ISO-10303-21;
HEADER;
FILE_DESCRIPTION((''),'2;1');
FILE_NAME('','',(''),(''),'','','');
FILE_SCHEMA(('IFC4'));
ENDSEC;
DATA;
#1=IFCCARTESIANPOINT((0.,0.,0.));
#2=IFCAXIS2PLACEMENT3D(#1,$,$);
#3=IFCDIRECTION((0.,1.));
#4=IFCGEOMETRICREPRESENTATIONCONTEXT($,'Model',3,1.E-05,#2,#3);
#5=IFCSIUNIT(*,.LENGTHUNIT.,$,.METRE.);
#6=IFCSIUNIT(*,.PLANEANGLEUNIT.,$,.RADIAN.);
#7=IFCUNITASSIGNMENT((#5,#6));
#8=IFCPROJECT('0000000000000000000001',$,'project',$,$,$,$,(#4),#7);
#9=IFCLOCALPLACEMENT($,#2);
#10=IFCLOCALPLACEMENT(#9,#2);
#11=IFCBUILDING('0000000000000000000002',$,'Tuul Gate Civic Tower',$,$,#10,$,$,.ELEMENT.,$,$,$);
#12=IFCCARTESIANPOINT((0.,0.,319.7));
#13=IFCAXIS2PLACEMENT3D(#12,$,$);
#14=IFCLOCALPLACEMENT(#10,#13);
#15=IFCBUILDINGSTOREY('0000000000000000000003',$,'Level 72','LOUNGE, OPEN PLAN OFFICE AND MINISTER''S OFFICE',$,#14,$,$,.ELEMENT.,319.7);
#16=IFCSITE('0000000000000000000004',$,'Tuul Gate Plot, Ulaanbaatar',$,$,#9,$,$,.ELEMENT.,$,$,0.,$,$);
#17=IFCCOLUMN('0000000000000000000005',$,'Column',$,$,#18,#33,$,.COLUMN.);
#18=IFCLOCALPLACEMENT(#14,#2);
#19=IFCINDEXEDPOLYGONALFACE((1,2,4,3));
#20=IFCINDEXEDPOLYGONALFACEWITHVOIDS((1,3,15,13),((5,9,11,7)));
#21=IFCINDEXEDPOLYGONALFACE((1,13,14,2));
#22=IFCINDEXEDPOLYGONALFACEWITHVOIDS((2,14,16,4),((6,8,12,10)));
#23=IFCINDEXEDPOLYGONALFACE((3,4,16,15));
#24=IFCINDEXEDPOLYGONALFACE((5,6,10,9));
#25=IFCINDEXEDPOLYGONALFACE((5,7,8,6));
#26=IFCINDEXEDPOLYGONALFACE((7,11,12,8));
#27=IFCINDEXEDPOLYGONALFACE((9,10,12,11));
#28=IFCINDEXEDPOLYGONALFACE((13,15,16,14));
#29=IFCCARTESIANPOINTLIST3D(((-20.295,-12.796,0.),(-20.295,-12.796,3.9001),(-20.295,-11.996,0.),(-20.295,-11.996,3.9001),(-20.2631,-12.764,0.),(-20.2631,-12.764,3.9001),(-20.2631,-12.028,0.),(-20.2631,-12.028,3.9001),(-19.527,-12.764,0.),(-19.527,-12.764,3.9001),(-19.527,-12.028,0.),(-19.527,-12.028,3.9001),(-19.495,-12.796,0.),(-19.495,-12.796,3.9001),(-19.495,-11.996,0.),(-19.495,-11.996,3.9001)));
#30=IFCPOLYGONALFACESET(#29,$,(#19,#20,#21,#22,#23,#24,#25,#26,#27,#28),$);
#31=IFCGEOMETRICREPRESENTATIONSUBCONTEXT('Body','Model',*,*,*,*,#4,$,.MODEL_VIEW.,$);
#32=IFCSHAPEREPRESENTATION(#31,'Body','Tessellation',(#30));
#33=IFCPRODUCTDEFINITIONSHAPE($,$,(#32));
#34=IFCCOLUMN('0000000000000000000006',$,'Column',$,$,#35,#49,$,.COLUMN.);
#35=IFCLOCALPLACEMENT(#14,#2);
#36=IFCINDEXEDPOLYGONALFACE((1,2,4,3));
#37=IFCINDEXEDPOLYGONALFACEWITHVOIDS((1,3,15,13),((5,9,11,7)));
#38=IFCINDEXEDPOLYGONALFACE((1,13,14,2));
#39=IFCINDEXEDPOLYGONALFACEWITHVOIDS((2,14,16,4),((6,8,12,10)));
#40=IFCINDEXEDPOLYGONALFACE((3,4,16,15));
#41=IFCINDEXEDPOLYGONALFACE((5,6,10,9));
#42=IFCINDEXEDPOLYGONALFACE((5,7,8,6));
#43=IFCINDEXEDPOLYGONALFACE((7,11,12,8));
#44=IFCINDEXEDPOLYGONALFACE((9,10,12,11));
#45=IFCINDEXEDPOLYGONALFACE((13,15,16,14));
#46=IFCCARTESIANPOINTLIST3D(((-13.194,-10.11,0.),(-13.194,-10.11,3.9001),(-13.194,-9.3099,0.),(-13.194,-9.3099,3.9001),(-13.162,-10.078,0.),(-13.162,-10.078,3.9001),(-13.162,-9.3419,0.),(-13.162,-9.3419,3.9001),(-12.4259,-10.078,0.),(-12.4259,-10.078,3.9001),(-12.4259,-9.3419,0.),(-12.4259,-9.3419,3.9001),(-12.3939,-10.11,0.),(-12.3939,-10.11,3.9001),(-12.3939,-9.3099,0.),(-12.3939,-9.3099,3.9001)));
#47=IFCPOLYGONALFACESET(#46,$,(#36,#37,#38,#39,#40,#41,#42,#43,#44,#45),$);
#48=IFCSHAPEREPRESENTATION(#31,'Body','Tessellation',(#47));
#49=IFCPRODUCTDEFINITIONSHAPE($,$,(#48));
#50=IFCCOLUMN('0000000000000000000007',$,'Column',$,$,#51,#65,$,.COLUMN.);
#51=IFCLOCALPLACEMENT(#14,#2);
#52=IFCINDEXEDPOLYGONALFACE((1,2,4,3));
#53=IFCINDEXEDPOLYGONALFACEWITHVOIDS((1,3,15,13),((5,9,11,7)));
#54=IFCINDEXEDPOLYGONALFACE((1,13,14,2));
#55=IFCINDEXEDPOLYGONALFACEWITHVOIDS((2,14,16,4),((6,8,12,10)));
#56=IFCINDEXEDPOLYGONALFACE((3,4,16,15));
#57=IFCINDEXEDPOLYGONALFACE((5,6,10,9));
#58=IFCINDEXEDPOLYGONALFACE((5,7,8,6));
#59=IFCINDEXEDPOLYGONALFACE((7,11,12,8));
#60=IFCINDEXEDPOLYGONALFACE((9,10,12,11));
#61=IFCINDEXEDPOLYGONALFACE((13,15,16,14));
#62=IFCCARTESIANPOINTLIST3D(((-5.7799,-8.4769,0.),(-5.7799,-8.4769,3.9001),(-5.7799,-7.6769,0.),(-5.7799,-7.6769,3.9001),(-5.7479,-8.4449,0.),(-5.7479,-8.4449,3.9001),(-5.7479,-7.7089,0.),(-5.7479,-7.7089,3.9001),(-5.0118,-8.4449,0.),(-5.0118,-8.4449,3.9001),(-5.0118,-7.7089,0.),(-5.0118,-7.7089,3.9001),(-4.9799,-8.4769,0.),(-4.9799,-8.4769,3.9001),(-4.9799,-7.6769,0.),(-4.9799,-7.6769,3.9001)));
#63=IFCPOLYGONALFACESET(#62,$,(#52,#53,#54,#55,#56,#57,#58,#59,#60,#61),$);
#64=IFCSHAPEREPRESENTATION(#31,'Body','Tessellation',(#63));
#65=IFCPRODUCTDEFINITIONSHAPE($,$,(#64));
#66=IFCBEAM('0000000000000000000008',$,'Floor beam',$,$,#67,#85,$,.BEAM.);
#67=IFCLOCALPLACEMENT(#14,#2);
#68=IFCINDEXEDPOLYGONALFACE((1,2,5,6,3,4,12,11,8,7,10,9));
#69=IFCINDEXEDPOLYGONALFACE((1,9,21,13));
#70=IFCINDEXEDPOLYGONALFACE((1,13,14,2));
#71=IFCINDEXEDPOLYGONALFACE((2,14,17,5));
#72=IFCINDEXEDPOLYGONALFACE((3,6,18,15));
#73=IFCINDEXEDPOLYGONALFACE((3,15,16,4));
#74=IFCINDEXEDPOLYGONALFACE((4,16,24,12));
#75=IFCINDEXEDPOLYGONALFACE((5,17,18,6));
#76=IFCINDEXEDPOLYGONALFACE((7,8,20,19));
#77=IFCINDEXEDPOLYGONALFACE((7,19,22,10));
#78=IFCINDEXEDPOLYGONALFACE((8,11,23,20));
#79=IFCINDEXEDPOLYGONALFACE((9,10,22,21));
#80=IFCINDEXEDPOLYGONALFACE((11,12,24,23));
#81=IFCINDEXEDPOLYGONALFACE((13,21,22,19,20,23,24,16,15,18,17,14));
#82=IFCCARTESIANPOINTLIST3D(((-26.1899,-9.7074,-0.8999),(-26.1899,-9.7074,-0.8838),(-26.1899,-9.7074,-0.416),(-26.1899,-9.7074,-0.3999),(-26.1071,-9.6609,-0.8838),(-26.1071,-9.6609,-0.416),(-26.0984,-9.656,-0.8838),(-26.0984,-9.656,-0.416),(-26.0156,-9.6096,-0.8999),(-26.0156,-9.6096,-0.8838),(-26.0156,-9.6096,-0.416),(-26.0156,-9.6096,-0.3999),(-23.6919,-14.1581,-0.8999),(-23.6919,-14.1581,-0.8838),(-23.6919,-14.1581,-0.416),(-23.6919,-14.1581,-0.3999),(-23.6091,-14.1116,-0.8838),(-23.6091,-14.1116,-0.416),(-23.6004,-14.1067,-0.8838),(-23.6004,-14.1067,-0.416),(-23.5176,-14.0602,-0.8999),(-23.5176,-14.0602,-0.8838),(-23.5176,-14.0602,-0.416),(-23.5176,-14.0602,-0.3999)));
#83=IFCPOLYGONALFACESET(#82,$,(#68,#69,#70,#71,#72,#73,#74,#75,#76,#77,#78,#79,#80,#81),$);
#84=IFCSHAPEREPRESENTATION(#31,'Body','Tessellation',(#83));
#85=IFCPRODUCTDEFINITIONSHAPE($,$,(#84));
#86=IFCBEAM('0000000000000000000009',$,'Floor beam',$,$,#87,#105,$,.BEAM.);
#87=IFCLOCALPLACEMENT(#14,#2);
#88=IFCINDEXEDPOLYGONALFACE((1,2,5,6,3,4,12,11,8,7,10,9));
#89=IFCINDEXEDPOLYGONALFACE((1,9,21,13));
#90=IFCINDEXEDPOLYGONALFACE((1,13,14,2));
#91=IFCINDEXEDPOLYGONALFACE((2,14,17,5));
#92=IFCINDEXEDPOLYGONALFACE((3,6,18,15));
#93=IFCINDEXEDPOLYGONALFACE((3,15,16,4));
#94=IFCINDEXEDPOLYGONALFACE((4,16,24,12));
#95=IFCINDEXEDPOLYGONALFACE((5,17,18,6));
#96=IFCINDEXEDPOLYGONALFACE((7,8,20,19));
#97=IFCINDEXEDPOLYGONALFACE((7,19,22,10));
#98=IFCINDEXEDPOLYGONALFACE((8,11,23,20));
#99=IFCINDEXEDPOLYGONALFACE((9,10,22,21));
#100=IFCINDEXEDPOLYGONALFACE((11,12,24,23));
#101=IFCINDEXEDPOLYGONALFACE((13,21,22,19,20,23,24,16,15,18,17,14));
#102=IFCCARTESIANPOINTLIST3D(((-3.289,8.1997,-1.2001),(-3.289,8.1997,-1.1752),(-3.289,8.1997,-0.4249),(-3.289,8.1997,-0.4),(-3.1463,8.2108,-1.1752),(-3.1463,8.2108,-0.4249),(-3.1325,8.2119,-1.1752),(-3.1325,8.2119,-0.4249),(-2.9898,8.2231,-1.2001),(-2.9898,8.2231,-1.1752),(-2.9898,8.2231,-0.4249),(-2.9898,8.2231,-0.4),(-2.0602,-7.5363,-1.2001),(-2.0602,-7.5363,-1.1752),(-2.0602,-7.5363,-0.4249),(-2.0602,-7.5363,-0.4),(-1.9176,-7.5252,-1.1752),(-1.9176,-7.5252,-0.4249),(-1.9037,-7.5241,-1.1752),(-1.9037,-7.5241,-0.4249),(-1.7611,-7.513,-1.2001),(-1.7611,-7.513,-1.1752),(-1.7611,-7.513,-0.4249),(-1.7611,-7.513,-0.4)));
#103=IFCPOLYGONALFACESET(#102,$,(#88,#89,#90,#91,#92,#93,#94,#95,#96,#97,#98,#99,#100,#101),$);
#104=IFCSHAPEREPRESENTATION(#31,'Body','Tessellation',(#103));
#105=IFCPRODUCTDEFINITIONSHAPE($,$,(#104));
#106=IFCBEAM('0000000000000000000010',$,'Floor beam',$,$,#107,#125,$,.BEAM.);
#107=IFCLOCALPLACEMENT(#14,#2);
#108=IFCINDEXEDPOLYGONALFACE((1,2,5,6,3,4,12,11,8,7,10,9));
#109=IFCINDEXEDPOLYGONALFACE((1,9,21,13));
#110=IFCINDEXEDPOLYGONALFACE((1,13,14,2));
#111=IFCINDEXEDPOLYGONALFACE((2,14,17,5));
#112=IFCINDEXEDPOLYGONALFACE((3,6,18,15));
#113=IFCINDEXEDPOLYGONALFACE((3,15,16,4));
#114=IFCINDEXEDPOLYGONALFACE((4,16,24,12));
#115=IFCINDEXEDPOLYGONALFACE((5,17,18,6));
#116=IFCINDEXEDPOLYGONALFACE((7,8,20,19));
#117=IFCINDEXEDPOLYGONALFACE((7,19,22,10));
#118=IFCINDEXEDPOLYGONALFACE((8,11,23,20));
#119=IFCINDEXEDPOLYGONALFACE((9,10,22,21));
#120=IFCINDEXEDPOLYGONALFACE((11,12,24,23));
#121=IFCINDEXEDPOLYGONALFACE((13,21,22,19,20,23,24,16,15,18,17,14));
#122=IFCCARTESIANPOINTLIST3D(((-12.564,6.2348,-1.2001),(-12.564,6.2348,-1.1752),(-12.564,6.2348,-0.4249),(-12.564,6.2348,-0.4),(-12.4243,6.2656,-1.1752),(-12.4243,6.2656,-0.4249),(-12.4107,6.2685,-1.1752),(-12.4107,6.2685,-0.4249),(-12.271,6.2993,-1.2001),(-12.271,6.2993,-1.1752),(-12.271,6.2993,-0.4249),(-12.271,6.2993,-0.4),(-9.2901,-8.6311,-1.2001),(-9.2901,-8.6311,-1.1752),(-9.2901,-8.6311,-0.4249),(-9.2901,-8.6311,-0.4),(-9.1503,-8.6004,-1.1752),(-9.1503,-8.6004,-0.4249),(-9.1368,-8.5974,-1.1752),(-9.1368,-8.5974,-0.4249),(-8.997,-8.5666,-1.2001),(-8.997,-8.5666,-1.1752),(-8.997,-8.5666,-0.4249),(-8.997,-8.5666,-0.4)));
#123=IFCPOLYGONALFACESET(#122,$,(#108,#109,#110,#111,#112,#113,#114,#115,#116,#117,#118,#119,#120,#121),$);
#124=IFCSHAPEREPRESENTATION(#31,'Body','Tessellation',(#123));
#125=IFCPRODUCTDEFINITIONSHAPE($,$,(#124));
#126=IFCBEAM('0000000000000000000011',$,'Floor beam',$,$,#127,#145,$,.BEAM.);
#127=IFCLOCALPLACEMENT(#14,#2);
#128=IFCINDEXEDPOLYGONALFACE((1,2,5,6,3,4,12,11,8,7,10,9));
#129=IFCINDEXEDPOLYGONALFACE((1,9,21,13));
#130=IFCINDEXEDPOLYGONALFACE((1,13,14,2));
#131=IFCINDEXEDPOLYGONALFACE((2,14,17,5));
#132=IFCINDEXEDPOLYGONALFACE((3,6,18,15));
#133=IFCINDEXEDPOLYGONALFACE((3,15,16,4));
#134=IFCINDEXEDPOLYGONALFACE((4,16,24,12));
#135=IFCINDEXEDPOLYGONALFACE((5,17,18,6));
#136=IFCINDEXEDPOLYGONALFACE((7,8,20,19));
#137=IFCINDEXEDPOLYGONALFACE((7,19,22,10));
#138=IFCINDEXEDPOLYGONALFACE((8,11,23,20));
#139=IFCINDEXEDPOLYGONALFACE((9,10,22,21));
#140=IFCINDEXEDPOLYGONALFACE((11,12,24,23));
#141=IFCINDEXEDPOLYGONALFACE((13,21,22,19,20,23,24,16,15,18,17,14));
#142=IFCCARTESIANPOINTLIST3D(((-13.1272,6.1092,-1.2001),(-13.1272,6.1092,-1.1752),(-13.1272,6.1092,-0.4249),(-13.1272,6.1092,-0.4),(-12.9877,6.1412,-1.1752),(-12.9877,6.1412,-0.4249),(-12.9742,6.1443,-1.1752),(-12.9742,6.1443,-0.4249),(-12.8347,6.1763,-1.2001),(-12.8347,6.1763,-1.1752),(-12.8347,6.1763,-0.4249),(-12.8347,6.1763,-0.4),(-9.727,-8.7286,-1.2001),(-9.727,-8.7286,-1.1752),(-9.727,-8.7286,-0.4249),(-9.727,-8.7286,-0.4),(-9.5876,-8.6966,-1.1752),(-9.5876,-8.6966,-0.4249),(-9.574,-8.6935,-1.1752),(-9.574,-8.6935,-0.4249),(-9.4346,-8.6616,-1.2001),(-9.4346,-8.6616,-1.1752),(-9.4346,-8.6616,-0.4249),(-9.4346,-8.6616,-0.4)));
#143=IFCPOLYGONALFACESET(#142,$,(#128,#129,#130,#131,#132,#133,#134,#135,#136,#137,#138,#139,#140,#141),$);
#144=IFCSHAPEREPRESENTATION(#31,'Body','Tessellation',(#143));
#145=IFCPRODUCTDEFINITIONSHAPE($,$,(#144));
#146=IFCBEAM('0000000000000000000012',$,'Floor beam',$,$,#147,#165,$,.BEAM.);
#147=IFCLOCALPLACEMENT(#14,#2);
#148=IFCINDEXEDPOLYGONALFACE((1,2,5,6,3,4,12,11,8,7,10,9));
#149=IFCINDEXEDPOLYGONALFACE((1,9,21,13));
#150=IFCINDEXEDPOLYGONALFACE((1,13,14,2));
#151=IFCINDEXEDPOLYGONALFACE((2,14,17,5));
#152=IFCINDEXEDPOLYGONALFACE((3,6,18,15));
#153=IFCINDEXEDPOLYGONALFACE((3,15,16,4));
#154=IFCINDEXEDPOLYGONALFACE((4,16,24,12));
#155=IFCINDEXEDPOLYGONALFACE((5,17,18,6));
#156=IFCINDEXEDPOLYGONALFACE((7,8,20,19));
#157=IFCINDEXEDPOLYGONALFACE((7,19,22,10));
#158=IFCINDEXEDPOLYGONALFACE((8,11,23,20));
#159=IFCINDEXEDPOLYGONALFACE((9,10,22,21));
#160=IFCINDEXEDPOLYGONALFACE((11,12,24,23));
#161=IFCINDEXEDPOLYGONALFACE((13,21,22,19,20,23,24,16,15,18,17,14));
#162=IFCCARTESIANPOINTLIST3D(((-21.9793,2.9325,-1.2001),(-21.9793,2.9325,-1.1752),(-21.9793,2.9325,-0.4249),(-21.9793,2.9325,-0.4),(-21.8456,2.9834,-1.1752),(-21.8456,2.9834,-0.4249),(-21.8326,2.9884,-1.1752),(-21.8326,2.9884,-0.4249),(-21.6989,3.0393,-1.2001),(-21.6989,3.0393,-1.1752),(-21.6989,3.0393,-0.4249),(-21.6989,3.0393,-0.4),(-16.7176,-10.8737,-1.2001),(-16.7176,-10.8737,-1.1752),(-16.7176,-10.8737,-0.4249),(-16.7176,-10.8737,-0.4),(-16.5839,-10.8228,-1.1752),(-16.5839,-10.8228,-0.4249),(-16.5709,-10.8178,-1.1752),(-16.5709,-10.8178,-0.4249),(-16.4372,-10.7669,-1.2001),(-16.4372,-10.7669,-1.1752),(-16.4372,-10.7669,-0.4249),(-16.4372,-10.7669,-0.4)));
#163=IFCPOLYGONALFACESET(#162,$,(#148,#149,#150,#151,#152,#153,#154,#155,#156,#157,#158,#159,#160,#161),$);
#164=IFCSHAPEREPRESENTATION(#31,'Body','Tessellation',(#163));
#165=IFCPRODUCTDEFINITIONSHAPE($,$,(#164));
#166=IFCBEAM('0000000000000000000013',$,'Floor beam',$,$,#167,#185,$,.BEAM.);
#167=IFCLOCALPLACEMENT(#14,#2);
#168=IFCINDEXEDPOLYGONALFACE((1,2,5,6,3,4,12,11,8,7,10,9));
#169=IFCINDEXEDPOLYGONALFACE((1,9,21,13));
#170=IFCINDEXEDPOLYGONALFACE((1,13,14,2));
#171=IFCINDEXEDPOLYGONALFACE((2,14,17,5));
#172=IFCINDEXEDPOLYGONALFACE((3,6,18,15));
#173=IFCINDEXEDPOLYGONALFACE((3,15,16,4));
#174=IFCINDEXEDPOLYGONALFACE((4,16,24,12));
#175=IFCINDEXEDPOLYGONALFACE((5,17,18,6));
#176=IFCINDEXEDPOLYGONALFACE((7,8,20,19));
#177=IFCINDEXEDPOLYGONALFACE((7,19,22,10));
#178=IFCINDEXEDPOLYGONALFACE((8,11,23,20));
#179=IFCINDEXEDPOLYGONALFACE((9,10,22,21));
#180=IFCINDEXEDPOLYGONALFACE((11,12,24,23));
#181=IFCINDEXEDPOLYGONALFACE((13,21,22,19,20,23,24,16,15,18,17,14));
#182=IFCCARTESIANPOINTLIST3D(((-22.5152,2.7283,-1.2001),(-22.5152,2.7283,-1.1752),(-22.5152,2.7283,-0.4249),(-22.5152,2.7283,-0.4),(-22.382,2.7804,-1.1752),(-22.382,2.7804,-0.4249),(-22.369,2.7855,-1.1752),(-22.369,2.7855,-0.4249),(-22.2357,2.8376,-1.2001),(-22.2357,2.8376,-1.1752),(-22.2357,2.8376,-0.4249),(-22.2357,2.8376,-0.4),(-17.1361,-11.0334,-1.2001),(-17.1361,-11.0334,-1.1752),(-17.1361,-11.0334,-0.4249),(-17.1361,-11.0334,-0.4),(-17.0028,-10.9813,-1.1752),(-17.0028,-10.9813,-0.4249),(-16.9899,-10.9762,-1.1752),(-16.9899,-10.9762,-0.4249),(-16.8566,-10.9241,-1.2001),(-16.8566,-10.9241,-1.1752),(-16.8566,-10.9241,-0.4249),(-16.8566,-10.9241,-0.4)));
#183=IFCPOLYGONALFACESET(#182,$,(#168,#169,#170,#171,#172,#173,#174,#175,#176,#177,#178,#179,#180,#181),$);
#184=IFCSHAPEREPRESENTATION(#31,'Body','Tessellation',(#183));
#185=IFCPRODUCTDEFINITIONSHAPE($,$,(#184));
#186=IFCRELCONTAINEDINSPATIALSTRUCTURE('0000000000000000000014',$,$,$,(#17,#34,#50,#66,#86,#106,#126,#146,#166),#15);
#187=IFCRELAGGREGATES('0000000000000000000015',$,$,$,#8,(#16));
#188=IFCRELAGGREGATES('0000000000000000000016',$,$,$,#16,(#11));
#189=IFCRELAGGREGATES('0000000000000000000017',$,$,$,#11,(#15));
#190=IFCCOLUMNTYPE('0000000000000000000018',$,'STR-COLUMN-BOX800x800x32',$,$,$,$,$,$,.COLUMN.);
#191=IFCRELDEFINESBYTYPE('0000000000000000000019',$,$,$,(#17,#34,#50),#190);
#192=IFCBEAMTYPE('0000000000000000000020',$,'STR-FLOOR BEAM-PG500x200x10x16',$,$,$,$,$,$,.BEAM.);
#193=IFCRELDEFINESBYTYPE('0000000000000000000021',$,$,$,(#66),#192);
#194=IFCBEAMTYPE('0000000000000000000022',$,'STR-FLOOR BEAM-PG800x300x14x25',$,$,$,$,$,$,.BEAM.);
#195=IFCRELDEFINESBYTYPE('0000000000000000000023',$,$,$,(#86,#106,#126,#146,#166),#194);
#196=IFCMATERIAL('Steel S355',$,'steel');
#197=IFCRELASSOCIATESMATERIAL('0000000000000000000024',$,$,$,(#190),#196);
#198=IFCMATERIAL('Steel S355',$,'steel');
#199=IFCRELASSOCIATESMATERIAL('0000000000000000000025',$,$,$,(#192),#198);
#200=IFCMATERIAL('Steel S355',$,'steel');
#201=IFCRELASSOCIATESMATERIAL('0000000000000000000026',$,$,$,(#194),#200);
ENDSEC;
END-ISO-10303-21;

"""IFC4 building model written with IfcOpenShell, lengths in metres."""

from ifc_helpers import new_model, si_unit, direction, frame, origin, origin_2d, place, context, subcontext, project, spatial, hollow_rectangle, i_section, extrude, material, material_profile, profile_set, type_object, element, save


model = new_model("IFC4")

# Units and contexts
model_context = context("Model", 3, precision=1e-05, world=origin(), true_north=direction((0.0, 1.0)))
body_context = subcontext(model_context, "Body", "Model", "MODEL_VIEW")
ifc_project = project(units=[si_unit("LENGTHUNIT", "METRE"), si_unit("PLANEANGLEUNIT", "RADIAN")], contexts=[model_context])

# Site, building, storey
site_placement = place(None, origin())
site = spatial("IfcSite", under=ifc_project, at=site_placement, Name="Tuul Gate Plot, Ulaanbaatar", CompositionType="ELEMENT", RefElevation=0.0)
building_placement = place(site_placement, origin())
building = spatial("IfcBuilding", under=site, at=building_placement, Name="Tuul Gate Civic Tower", CompositionType="ELEMENT")
storey_placement = place(building_placement, frame((0.0, 0.0, 319.7)))
storey = spatial("IfcBuildingStorey", under=building, at=storey_placement, Name="Level 72", Description="LOUNGE, OPEN PLAN OFFICE AND MINISTER'S OFFICE", CompositionType="ELEMENT", Elevation=319.7)

# Columns
ifc_material_1 = material(Name="Steel S355", Category="steel")
ifc_material_profile_1 = material_profile(ifc_material_1, hollow_rectangle(XDim=0.8, YDim=0.8, WallThickness=0.032, at=origin_2d()), Name="BOX800x800x32")
ifc_profile_set_1 = profile_set([ifc_material_profile_1], Name="Steel S355")
column_type = type_object("IfcColumnType", Name="STR-COLUMN-BOX800x800x32", PredefinedType="COLUMN", material=ifc_profile_set_1)
for number, where, z_axis, x_axis, name in (
    (1, (-19.895, -12.396, 0.0), (0.0, 0.0, 1.0), (1.0, 0.0, 0.0), "Column"),
    (2, (-12.7939, -9.71, 0.0), (0.0, 0.0, 1.0), (1.0, 0.0, 0.0), "Column"),
    (3, (-5.3799, -8.0769, 0.0), (0.0, 0.0, 1.0), (1.0, 0.0, 0.0), "Column"),
):
    element("IfcColumn", number, at=place(storey_placement, frame(where, z_axis=z_axis, x_axis=x_axis)), inside=storey, type_object=column_type, Name=name, PredefinedType="COLUMN", context=body_context, shape_type="SweptSolid", body=[
        extrude(hollow_rectangle(XDim=0.8, YDim=0.8, WallThickness=0.032, at=origin_2d()), origin(), (0.0, 0.0, 1.0), 3.9001),
    ])

# Beams
ifc_material_2 = material(Name="Steel S355", Category="steel")
ifc_material_profile_2 = material_profile(ifc_material_2, i_section(OverallWidth=0.2, OverallDepth=0.5, WebThickness=0.01, FlangeThickness=0.0161, at=origin_2d()), Name="PG500x200x10x16")
ifc_profile_set_2 = profile_set([ifc_material_profile_2], Name="Steel S355")
beam_type_1 = type_object("IfcBeamType", Name="STR-FLOOR BEAM-PG500x200x10x16", PredefinedType="BEAM", material=ifc_profile_set_2)
beam_1_placement = place(storey_placement, frame((-23.6047, -14.1091, -0.6499), z_axis=(-0.489448, 0.872033, 0.0), x_axis=(-0.872033, -0.489448, 0.0)))
element("IfcBeam", 4, at=beam_1_placement, inside=storey, type_object=beam_type_1, Name="Floor beam", PredefinedType="BEAM", context=body_context, shape_type="SweptSolid", body=[
    extrude(i_section(OverallWidth=0.2, OverallDepth=0.5, WebThickness=0.01, FlangeThickness=0.0161, at=origin_2d()), origin(), (0.0, 0.0, 1.0), 5.1038),
])
ifc_material_3 = material(Name="Steel S355", Category="steel")
ifc_material_profile_3 = material_profile(ifc_material_3, i_section(OverallWidth=0.3, OverallDepth=0.8, WebThickness=0.0139, FlangeThickness=0.0249, at=origin_2d()), Name="PG800x300x14x25")
ifc_profile_set_3 = profile_set([ifc_material_profile_3], Name="Steel S355")
beam_type_2 = type_object("IfcBeamType", Name="STR-FLOOR BEAM-PG800x300x14x25", PredefinedType="BEAM", material=ifc_profile_set_3)
beam_2_placement = place(storey_placement, frame((-1.9106, -7.5247, -0.8), z_axis=(-0.077849, 0.996965, 0.0), x_axis=(-0.996965, -0.077849, 0.0)))
element("IfcBeam", 5, at=beam_2_placement, inside=storey, type_object=beam_type_2, Name="Floor beam", PredefinedType="BEAM", context=body_context, shape_type="SweptSolid", body=[
    extrude(i_section(OverallWidth=0.3, OverallDepth=0.8, WebThickness=0.0139, FlangeThickness=0.0249, at=origin_2d()), origin(), (0.0, 0.0, 1.0), 15.7839),
])
beam_3_placement = place(storey_placement, frame((-9.1436, -8.5989, -0.8), z_axis=(-0.215076, 0.976597, 0.0), x_axis=(-0.976597, -0.215076, 0.0)))
element("IfcBeam", 6, at=beam_3_placement, inside=storey, type_object=beam_type_2, Name="Floor beam", PredefinedType="BEAM", context=body_context, shape_type="SweptSolid", body=[
    extrude(i_section(OverallWidth=0.3, OverallDepth=0.8, WebThickness=0.0139, FlangeThickness=0.0249, at=origin_2d()), origin(), (0.0, 0.0, 1.0), 15.2222),
])
beam_4_placement = place(storey_placement, frame((-9.5808, -8.6951, -0.8), z_axis=(-0.223363, 0.974735, 0.0), x_axis=(-0.974735, -0.223363, 0.0)))
element("IfcBeam", 7, at=beam_4_placement, inside=storey, type_object=beam_type_2, Name="Floor beam", PredefinedType="BEAM", context=body_context, shape_type="SweptSolid", body=[
    extrude(i_section(OverallWidth=0.3, OverallDepth=0.8, WebThickness=0.0139, FlangeThickness=0.0249, at=origin_2d()), origin(), (0.0, 0.0, 1.0), 15.2224),
])
beam_5_placement = place(storey_placement, frame((-16.5774, -10.8203, -0.8), z_axis=(-0.356127, 0.934437, 0.0), x_axis=(-0.934437, -0.356127, 0.0)))
element("IfcBeam", 8, at=beam_5_placement, inside=storey, type_object=beam_type_2, Name="Floor beam", PredefinedType="BEAM", context=body_context, shape_type="SweptSolid", body=[
    extrude(i_section(OverallWidth=0.3, OverallDepth=0.8, WebThickness=0.0139, FlangeThickness=0.0249, at=origin_2d()), origin(), (0.0, 0.0, 1.0), 14.7749),
])
beam_6_placement = place(storey_placement, frame((-16.9963, -10.9788, -0.8), z_axis=(-0.364055, 0.931378, 0.0), x_axis=(-0.931378, -0.364055, 0.0)))
element("IfcBeam", 9, at=beam_6_placement, inside=storey, type_object=beam_type_2, Name="Floor beam", PredefinedType="BEAM", context=body_context, shape_type="SweptSolid", body=[
    extrude(i_section(OverallWidth=0.3, OverallDepth=0.8, WebThickness=0.0139, FlangeThickness=0.0249, at=origin_2d()), origin(), (0.0, 0.0, 1.0), 14.7756),
])

save(model, "model.ifc")
